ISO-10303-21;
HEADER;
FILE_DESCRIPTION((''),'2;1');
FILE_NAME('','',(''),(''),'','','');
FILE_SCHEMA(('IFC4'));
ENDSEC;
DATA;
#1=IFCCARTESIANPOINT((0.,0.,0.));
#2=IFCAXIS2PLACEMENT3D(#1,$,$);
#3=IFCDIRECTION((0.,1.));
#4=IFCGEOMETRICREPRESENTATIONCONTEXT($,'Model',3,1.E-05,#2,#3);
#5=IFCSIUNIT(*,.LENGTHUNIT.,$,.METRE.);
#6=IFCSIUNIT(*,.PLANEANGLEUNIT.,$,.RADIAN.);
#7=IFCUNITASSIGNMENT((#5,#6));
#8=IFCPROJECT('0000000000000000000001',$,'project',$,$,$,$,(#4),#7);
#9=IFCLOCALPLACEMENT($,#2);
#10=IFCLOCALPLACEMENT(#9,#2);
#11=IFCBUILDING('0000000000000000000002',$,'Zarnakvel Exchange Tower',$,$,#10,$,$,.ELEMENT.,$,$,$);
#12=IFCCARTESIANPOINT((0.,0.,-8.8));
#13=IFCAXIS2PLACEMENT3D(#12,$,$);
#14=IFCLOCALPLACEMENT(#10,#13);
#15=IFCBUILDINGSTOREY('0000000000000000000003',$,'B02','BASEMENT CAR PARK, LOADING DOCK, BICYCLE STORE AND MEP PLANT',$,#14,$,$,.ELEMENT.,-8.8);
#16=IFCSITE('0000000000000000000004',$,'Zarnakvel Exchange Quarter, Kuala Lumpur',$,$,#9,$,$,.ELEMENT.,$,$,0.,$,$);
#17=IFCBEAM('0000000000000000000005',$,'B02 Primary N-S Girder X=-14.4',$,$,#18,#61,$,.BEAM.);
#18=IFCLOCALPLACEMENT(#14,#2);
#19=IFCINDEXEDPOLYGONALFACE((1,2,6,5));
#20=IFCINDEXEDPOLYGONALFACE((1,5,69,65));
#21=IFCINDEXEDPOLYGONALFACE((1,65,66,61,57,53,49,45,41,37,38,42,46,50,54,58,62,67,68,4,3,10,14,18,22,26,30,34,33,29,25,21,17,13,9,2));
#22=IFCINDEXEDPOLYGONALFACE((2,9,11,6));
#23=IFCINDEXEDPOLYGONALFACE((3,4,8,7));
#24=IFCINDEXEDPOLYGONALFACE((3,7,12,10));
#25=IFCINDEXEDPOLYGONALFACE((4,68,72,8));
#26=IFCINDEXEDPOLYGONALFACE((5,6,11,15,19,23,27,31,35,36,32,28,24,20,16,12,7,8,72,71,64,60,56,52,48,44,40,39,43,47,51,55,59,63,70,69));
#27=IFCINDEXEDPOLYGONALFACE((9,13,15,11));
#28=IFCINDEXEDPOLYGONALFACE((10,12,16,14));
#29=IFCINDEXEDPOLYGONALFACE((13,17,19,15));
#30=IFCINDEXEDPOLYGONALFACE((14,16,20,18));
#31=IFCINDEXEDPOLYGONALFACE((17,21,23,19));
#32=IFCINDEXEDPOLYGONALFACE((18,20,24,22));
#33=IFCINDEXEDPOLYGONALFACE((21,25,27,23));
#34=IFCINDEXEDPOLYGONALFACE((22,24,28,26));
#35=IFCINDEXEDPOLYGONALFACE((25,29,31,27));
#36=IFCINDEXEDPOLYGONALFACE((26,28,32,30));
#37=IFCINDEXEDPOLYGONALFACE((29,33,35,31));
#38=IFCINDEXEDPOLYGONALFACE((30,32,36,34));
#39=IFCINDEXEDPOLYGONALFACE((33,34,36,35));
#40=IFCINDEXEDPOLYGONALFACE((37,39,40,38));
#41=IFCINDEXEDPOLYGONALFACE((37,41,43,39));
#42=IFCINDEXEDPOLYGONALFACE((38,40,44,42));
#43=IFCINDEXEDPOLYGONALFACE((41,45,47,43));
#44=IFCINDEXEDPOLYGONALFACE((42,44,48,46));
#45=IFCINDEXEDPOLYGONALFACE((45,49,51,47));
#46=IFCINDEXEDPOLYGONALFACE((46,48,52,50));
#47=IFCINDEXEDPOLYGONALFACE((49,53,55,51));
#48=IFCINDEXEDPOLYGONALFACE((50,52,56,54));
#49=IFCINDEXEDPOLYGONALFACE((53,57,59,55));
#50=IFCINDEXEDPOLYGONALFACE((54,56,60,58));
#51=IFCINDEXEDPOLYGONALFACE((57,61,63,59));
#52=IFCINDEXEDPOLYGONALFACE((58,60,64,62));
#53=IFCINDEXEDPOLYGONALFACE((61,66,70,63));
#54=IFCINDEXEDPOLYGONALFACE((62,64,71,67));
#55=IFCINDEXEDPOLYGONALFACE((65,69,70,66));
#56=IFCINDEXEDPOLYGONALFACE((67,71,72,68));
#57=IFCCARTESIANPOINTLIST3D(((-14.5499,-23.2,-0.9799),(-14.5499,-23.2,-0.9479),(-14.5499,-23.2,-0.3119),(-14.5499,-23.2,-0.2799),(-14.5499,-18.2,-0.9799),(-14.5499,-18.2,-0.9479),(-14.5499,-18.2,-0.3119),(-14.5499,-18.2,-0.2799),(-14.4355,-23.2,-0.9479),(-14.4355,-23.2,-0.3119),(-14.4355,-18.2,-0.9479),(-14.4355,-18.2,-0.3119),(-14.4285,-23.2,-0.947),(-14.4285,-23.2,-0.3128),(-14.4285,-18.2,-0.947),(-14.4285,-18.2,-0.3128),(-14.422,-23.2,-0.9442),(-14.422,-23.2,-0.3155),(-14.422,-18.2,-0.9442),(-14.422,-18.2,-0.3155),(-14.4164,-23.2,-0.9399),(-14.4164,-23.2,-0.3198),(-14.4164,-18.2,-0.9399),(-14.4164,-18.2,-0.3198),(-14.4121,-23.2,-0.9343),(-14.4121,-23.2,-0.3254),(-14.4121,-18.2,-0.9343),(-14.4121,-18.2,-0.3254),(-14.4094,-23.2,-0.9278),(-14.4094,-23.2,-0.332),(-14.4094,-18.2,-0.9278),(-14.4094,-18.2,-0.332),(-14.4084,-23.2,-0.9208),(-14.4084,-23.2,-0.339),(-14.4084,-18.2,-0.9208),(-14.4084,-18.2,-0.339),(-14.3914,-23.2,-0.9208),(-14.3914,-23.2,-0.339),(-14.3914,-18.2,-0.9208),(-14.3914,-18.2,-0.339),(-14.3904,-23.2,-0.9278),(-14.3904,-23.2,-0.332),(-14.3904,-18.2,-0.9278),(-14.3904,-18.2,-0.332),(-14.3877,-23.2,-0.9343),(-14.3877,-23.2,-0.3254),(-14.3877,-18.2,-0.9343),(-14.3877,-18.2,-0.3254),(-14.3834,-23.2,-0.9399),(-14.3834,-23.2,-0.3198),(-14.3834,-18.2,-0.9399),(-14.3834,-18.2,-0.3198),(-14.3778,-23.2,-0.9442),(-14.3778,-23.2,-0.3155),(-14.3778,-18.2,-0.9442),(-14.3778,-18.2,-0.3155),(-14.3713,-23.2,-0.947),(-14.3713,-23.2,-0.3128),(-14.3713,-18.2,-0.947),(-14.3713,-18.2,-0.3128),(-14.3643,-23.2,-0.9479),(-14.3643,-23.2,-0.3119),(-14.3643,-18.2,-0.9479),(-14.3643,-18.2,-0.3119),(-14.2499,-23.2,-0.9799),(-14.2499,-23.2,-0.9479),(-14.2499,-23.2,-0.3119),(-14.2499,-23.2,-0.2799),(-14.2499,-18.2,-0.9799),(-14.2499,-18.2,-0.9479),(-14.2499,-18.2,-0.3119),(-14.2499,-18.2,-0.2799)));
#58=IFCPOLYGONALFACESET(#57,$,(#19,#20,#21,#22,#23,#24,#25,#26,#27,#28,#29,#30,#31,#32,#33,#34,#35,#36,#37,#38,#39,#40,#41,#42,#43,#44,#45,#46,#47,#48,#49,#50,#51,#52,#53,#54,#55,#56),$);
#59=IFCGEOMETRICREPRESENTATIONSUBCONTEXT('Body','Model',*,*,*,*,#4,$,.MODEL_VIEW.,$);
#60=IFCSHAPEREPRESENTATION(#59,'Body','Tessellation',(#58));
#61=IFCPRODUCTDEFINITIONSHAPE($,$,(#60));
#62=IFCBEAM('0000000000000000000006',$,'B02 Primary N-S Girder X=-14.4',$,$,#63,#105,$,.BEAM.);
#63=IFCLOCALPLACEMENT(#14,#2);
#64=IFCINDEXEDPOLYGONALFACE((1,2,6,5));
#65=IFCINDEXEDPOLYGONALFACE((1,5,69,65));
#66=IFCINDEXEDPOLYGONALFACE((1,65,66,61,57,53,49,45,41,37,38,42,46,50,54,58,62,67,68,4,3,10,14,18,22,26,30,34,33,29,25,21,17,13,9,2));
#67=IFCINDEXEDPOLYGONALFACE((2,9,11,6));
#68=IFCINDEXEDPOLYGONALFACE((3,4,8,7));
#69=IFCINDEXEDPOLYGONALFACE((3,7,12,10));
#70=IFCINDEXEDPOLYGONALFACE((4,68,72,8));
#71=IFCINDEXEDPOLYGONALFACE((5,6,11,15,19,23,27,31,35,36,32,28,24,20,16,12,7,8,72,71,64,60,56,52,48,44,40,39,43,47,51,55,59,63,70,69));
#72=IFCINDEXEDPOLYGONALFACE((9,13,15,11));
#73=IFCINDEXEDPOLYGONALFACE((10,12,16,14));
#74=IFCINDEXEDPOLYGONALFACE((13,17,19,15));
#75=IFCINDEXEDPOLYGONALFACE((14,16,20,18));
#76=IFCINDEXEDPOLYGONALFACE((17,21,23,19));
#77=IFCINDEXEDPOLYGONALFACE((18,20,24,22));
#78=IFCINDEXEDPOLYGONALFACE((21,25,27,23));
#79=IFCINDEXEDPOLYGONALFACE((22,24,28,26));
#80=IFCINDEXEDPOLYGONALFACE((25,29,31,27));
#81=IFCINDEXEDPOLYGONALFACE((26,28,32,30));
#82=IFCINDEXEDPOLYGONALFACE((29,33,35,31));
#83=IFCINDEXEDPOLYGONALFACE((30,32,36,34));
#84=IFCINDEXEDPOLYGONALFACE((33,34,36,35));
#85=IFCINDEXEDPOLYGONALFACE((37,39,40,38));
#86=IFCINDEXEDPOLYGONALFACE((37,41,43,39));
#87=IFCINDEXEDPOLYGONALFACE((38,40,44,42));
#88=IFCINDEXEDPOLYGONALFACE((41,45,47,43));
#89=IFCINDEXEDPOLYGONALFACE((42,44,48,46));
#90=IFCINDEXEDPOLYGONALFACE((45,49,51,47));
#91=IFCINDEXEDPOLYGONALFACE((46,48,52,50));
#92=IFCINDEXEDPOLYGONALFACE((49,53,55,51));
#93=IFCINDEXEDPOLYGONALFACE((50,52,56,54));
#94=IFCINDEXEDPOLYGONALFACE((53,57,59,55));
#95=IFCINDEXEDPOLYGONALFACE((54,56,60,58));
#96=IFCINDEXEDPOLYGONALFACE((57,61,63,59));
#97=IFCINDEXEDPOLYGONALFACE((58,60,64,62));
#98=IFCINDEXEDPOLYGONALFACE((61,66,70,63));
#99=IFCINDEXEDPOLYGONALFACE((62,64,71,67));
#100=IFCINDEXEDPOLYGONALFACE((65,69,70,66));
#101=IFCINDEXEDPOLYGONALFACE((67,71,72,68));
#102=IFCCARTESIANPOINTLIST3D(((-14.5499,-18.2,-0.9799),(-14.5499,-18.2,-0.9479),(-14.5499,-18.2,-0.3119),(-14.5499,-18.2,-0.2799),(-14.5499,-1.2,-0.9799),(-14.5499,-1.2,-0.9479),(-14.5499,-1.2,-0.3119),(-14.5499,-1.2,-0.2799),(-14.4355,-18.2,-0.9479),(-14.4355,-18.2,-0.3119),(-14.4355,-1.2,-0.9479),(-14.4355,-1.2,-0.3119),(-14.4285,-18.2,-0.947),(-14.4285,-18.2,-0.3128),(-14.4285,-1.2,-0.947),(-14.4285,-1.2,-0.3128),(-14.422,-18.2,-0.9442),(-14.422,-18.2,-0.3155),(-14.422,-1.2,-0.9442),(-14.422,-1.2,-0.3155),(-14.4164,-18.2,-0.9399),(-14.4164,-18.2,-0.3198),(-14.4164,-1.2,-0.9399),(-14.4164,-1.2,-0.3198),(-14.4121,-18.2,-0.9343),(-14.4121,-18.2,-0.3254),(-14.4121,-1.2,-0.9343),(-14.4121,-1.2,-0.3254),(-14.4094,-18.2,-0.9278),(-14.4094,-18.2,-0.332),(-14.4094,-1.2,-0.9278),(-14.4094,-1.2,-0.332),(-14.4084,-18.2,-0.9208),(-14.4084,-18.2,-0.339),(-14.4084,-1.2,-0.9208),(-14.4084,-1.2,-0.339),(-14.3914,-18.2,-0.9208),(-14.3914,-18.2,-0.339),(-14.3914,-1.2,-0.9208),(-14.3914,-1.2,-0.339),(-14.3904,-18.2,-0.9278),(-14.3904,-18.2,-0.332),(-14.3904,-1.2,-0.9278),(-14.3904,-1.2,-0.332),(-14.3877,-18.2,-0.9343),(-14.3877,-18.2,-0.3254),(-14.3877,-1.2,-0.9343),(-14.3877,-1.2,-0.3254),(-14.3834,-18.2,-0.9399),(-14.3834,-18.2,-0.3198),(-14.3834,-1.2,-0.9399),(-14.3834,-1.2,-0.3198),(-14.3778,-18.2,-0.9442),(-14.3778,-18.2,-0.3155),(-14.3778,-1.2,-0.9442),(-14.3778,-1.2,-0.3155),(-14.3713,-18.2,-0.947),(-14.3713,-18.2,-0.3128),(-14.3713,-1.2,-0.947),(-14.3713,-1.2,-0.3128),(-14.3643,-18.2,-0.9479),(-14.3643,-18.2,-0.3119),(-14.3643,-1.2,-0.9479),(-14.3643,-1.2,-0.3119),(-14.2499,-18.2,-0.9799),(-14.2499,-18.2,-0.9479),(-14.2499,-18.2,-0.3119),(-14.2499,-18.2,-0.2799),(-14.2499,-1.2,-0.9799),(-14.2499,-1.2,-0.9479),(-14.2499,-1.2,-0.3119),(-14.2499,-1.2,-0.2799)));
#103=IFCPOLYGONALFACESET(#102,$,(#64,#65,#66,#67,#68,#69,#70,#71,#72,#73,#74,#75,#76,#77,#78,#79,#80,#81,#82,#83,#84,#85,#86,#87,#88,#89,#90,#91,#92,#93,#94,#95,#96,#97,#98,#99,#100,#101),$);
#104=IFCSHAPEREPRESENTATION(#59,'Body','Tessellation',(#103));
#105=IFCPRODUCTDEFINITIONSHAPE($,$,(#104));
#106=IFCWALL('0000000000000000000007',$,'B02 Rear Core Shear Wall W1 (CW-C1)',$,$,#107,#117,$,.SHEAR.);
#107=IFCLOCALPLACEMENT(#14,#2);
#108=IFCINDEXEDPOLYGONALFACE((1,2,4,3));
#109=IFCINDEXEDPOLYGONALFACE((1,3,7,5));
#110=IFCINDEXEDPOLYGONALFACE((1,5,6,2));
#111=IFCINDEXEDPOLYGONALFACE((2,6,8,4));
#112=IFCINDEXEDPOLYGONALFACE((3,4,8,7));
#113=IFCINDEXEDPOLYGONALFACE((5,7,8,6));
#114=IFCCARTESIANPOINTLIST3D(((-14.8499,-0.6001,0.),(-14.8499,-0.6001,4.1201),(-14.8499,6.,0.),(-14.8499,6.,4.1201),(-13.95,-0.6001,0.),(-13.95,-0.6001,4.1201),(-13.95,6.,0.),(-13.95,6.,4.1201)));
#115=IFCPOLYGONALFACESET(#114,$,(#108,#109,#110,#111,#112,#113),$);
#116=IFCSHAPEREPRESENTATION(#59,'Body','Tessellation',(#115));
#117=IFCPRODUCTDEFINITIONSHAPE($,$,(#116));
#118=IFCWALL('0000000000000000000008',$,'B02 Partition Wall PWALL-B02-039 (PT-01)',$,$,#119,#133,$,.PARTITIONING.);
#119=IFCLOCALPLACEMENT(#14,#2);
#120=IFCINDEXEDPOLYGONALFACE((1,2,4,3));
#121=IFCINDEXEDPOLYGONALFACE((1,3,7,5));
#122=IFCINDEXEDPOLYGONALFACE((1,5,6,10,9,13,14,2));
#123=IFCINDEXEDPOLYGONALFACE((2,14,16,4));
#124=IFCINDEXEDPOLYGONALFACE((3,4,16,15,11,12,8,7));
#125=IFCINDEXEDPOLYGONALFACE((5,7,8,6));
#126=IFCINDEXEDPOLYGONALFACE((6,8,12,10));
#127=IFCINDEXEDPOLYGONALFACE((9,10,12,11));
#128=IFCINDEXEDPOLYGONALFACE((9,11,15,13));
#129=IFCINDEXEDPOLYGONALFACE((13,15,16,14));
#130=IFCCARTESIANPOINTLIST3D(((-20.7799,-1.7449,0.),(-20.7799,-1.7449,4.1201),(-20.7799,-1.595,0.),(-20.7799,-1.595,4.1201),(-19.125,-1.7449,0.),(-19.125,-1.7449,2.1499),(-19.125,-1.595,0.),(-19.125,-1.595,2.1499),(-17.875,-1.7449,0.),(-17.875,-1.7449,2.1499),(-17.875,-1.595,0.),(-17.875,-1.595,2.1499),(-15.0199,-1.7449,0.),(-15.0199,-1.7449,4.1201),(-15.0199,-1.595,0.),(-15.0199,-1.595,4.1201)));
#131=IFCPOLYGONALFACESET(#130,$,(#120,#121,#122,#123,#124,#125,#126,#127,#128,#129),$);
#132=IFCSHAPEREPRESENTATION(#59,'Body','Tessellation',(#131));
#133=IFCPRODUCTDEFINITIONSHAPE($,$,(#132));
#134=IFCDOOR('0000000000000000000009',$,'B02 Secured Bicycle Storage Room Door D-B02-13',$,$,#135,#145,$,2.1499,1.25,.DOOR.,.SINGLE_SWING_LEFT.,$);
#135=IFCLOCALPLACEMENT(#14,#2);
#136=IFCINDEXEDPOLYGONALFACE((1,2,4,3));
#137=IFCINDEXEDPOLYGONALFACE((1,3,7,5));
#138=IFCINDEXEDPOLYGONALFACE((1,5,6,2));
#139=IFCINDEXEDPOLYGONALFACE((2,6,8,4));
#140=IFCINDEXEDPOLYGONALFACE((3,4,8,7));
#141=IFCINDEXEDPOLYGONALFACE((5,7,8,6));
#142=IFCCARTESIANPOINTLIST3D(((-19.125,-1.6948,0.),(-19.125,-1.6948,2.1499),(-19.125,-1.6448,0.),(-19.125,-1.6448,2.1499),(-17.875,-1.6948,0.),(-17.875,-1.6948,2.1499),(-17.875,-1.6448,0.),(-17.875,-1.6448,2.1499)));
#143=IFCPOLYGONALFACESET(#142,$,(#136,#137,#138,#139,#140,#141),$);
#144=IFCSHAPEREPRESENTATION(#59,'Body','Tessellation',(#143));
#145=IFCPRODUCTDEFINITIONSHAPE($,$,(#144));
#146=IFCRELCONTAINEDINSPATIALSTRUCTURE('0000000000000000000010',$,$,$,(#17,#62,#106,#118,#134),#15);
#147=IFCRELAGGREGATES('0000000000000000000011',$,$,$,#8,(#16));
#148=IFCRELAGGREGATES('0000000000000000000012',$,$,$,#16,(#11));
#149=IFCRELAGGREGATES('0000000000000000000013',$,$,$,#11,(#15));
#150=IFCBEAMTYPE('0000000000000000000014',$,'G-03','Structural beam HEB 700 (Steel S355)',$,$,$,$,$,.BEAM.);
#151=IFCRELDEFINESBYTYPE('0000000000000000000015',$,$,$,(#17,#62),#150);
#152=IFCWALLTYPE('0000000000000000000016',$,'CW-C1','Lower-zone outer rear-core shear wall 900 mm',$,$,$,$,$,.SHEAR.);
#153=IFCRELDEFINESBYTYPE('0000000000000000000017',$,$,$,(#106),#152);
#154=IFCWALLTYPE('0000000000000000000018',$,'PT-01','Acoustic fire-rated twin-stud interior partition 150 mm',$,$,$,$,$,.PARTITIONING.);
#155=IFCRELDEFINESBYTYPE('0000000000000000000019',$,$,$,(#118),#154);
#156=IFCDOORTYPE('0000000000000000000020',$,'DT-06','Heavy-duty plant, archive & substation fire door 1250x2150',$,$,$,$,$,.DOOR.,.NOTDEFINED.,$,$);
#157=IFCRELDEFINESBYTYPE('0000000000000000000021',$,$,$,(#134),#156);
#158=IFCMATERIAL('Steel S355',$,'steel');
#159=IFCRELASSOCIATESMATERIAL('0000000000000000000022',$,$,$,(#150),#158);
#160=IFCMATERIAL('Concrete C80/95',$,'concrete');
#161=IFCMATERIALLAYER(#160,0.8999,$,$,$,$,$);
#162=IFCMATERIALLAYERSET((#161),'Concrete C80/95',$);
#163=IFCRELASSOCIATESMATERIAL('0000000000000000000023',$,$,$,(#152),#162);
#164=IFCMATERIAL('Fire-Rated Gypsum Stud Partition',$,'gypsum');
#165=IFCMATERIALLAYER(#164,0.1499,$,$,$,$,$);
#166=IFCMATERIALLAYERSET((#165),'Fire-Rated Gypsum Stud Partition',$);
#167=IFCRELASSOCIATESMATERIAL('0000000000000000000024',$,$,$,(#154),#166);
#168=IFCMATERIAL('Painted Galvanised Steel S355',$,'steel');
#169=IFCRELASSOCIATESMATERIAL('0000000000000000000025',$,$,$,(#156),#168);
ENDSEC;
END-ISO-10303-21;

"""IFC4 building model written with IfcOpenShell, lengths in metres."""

from ifc_helpers import new_model, si_unit, direction, frame, frame_2d, origin, origin_2d, place, context, subcontext, project, spatial, rectangle, i_section, extrude, source, transform, mapped, material, layer, layer_set, material_profile, profile_set, type_object, element, fill, save


model = new_model("IFC4")

# Units and contexts
model_context = context("Model", 3, precision=1e-05, world=origin(), true_north=direction((0.0, 1.0)))
body_context = subcontext(model_context, "Body", "Model", "MODEL_VIEW")
ifc_project = project(units=[si_unit("LENGTHUNIT", "METRE"), si_unit("PLANEANGLEUNIT", "RADIAN")], contexts=[model_context])

# Site, building, storey
site_placement = place(None, origin())
site = spatial("IfcSite", under=ifc_project, at=site_placement, Name="Zarnakvel Exchange Quarter, Kuala Lumpur", CompositionType="ELEMENT", RefElevation=0.0)
building_placement = place(site_placement, origin())
building = spatial("IfcBuilding", under=site, at=building_placement, Name="Zarnakvel Exchange Tower", CompositionType="ELEMENT")
storey_placement = place(building_placement, frame((0.0, 0.0, -8.8)))
storey = spatial("IfcBuildingStorey", under=building, at=storey_placement, Name="B02", Description="BASEMENT CAR PARK, LOADING DOCK, BICYCLE STORE AND MEP PLANT", CompositionType="ELEMENT", Elevation=-8.8)

# Shared definitions
ifc_material_1 = material(Name="Concrete C80/95", Category="concrete")

# Beams
ifc_material_2 = material(Name="Steel S355", Category="steel")
ifc_material_profile_1 = material_profile(ifc_material_2, i_section(OverallWidth=0.3, OverallDepth=0.7, WebThickness=0.0171, FlangeThickness=0.032, FilletRadius=0.0271, at=origin_2d()))
ifc_profile_set_1 = profile_set([ifc_material_profile_1], Name="Steel S355")
beam_type_1 = type_object("IfcBeamType", Name="G-03", Description="Structural beam HEB 700 (Steel S355)", PredefinedType="BEAM", material=ifc_profile_set_1)
beam_1_placement = place(storey_placement, frame((-14.3999, -23.2, -0.6299), z_axis=(0.0, 1.0, 0.0), x_axis=(-1.0, 0.0, 0.0)))
element("IfcBeam", 1, at=beam_1_placement, inside=storey, type_object=beam_type_1, Name="B02 Primary N-S Girder X=-14.4", PredefinedType="BEAM", context=body_context, shape_type="SweptSolid", body=[
    extrude(i_section(OverallWidth=0.3, OverallDepth=0.7, WebThickness=0.0171, FlangeThickness=0.032, FilletRadius=0.0271, at=origin_2d()), origin(), (0.0, 0.0, 1.0), 5.0),
])
beam_2_placement = place(storey_placement, frame((-14.3999, -18.2, -0.6299), z_axis=(0.0, 1.0, 0.0), x_axis=(-1.0, 0.0, 0.0)))
element("IfcBeam", 2, at=beam_2_placement, inside=storey, type_object=beam_type_1, Name="B02 Primary N-S Girder X=-14.4", PredefinedType="BEAM", context=body_context, shape_type="SweptSolid", body=[
    extrude(i_section(OverallWidth=0.3, OverallDepth=0.7, WebThickness=0.0171, FlangeThickness=0.032, FilletRadius=0.0271, at=origin_2d()), origin(), (0.0, 0.0, 1.0), 17.0),
])

# Wall
ifc_layer_1 = layer(ifc_material_1, 0.8999)
ifc_layer_set_1 = layer_set([ifc_layer_1], Name="Concrete C80/95")
wall_type_1 = type_object("IfcWallType", Name="CW-C1", Description="Lower-zone outer rear-core shear wall 900 mm", PredefinedType="SHEAR", material=ifc_layer_set_1)
wall_1_placement = place(storey_placement, frame((-14.3999, -0.6001, 0.0), z_axis=(0.0, 0.0, 1.0), x_axis=(0.0, 1.0, 0.0)))
element("IfcWall", 3, at=wall_1_placement, inside=storey, type_object=wall_type_1, Name="B02 Rear Core Shear Wall W1 (CW-C1)", PredefinedType="SHEAR", context=body_context, shape_type="SweptSolid", body=[
    extrude(rectangle(XDim=6.6001, YDim=0.8999, at=frame_2d((3.3, 0.0))), origin(), (0.0, 0.0, 1.0), 4.1201),
])

# Wall, opening, door
ifc_material_3 = material(Name="Painted Galvanised Steel S355", Category="steel")
ifc_material_4 = material(Name="Fire-Rated Gypsum Stud Partition", Category="gypsum")
ifc_layer_2 = layer(ifc_material_4, 0.1499)
ifc_layer_set_2 = layer_set([ifc_layer_2], Name="Fire-Rated Gypsum Stud Partition")
wall_type_2 = type_object("IfcWallType", Name="PT-01", Description="Acoustic fire-rated twin-stud interior partition 150 mm", PredefinedType="PARTITIONING", material=ifc_layer_set_2)
wall_2_placement = place(storey_placement, frame((-15.02, -1.6699, 0.0), z_axis=(0.0, 0.0, 1.0), x_axis=(-1.0, 0.0, 0.0)))
wall_2 = element("IfcWall", 4, at=wall_2_placement, inside=storey, type_object=wall_type_2, Name="B02 Partition Wall PWALL-B02-039 (PT-01)", PredefinedType="PARTITIONING", context=body_context, shape_type="SweptSolid", body=[
    extrude(rectangle(XDim=5.76, YDim=0.1499, at=frame_2d((2.8799, 0.0))), origin(), (0.0, 0.0, 1.0), 4.1201),
])
opening_1_placement = place(wall_2_placement, frame((2.855, 0.0, 0.0)))
opening_1 = element("IfcOpeningElement", 5, at=opening_1_placement, cuts=wall_2, PredefinedType="OPENING", context=body_context, shape_type="SweptSolid", body=[
    extrude(rectangle(XDim=1.25, YDim=2.1499, at=frame_2d((0.625, 1.075))), frame((0.0, 0.085, 0.0), z_axis=(0.0, -1.0, 0.0), x_axis=(1.0, 0.0, 0.0)), (0.0, 0.0, 1.0), 0.1699),
])
door_type_1 = type_object("IfcDoorType", Name="DT-06", Description="Heavy-duty plant, archive & substation fire door 1250x2150", OperationType="NOTDEFINED", PredefinedType="DOOR", material=ifc_material_3)
shared_shape_1 = source(origin(), body_context, "Body", "SweptSolid", [
    extrude(rectangle(XDim=1.25, YDim=2.1499, at=frame_2d((0.625, 1.075))), frame((0.0, 0.0249, 0.0), z_axis=(0.0, -1.0, 0.0), x_axis=(1.0, 0.0, 0.0)), (0.0, 0.0, 1.0), 0.05),
])
door_1_placement = place(opening_1_placement, origin())
door_1 = element("IfcDoor", 6, at=door_1_placement, inside=storey, type_object=door_type_1, Name="B02 Secured Bicycle Storage Room Door D-B02-13", OperationType="SINGLE_SWING_LEFT", OverallHeight=2.1499, OverallWidth=1.25, PredefinedType="DOOR", context=body_context, shape_type="MappedRepresentation", body=[
    mapped(shared_shape_1, transform((0.0, 0.0, 0.0), x_axis=(1.0, 0.0, 0.0), y_axis=(0.0, 1.0, 0.0), z_axis=(0.0, 0.0, 1.0), scale=1.0)),
])
fill(opening_1, door_1)

save(model, "model.ifc")
